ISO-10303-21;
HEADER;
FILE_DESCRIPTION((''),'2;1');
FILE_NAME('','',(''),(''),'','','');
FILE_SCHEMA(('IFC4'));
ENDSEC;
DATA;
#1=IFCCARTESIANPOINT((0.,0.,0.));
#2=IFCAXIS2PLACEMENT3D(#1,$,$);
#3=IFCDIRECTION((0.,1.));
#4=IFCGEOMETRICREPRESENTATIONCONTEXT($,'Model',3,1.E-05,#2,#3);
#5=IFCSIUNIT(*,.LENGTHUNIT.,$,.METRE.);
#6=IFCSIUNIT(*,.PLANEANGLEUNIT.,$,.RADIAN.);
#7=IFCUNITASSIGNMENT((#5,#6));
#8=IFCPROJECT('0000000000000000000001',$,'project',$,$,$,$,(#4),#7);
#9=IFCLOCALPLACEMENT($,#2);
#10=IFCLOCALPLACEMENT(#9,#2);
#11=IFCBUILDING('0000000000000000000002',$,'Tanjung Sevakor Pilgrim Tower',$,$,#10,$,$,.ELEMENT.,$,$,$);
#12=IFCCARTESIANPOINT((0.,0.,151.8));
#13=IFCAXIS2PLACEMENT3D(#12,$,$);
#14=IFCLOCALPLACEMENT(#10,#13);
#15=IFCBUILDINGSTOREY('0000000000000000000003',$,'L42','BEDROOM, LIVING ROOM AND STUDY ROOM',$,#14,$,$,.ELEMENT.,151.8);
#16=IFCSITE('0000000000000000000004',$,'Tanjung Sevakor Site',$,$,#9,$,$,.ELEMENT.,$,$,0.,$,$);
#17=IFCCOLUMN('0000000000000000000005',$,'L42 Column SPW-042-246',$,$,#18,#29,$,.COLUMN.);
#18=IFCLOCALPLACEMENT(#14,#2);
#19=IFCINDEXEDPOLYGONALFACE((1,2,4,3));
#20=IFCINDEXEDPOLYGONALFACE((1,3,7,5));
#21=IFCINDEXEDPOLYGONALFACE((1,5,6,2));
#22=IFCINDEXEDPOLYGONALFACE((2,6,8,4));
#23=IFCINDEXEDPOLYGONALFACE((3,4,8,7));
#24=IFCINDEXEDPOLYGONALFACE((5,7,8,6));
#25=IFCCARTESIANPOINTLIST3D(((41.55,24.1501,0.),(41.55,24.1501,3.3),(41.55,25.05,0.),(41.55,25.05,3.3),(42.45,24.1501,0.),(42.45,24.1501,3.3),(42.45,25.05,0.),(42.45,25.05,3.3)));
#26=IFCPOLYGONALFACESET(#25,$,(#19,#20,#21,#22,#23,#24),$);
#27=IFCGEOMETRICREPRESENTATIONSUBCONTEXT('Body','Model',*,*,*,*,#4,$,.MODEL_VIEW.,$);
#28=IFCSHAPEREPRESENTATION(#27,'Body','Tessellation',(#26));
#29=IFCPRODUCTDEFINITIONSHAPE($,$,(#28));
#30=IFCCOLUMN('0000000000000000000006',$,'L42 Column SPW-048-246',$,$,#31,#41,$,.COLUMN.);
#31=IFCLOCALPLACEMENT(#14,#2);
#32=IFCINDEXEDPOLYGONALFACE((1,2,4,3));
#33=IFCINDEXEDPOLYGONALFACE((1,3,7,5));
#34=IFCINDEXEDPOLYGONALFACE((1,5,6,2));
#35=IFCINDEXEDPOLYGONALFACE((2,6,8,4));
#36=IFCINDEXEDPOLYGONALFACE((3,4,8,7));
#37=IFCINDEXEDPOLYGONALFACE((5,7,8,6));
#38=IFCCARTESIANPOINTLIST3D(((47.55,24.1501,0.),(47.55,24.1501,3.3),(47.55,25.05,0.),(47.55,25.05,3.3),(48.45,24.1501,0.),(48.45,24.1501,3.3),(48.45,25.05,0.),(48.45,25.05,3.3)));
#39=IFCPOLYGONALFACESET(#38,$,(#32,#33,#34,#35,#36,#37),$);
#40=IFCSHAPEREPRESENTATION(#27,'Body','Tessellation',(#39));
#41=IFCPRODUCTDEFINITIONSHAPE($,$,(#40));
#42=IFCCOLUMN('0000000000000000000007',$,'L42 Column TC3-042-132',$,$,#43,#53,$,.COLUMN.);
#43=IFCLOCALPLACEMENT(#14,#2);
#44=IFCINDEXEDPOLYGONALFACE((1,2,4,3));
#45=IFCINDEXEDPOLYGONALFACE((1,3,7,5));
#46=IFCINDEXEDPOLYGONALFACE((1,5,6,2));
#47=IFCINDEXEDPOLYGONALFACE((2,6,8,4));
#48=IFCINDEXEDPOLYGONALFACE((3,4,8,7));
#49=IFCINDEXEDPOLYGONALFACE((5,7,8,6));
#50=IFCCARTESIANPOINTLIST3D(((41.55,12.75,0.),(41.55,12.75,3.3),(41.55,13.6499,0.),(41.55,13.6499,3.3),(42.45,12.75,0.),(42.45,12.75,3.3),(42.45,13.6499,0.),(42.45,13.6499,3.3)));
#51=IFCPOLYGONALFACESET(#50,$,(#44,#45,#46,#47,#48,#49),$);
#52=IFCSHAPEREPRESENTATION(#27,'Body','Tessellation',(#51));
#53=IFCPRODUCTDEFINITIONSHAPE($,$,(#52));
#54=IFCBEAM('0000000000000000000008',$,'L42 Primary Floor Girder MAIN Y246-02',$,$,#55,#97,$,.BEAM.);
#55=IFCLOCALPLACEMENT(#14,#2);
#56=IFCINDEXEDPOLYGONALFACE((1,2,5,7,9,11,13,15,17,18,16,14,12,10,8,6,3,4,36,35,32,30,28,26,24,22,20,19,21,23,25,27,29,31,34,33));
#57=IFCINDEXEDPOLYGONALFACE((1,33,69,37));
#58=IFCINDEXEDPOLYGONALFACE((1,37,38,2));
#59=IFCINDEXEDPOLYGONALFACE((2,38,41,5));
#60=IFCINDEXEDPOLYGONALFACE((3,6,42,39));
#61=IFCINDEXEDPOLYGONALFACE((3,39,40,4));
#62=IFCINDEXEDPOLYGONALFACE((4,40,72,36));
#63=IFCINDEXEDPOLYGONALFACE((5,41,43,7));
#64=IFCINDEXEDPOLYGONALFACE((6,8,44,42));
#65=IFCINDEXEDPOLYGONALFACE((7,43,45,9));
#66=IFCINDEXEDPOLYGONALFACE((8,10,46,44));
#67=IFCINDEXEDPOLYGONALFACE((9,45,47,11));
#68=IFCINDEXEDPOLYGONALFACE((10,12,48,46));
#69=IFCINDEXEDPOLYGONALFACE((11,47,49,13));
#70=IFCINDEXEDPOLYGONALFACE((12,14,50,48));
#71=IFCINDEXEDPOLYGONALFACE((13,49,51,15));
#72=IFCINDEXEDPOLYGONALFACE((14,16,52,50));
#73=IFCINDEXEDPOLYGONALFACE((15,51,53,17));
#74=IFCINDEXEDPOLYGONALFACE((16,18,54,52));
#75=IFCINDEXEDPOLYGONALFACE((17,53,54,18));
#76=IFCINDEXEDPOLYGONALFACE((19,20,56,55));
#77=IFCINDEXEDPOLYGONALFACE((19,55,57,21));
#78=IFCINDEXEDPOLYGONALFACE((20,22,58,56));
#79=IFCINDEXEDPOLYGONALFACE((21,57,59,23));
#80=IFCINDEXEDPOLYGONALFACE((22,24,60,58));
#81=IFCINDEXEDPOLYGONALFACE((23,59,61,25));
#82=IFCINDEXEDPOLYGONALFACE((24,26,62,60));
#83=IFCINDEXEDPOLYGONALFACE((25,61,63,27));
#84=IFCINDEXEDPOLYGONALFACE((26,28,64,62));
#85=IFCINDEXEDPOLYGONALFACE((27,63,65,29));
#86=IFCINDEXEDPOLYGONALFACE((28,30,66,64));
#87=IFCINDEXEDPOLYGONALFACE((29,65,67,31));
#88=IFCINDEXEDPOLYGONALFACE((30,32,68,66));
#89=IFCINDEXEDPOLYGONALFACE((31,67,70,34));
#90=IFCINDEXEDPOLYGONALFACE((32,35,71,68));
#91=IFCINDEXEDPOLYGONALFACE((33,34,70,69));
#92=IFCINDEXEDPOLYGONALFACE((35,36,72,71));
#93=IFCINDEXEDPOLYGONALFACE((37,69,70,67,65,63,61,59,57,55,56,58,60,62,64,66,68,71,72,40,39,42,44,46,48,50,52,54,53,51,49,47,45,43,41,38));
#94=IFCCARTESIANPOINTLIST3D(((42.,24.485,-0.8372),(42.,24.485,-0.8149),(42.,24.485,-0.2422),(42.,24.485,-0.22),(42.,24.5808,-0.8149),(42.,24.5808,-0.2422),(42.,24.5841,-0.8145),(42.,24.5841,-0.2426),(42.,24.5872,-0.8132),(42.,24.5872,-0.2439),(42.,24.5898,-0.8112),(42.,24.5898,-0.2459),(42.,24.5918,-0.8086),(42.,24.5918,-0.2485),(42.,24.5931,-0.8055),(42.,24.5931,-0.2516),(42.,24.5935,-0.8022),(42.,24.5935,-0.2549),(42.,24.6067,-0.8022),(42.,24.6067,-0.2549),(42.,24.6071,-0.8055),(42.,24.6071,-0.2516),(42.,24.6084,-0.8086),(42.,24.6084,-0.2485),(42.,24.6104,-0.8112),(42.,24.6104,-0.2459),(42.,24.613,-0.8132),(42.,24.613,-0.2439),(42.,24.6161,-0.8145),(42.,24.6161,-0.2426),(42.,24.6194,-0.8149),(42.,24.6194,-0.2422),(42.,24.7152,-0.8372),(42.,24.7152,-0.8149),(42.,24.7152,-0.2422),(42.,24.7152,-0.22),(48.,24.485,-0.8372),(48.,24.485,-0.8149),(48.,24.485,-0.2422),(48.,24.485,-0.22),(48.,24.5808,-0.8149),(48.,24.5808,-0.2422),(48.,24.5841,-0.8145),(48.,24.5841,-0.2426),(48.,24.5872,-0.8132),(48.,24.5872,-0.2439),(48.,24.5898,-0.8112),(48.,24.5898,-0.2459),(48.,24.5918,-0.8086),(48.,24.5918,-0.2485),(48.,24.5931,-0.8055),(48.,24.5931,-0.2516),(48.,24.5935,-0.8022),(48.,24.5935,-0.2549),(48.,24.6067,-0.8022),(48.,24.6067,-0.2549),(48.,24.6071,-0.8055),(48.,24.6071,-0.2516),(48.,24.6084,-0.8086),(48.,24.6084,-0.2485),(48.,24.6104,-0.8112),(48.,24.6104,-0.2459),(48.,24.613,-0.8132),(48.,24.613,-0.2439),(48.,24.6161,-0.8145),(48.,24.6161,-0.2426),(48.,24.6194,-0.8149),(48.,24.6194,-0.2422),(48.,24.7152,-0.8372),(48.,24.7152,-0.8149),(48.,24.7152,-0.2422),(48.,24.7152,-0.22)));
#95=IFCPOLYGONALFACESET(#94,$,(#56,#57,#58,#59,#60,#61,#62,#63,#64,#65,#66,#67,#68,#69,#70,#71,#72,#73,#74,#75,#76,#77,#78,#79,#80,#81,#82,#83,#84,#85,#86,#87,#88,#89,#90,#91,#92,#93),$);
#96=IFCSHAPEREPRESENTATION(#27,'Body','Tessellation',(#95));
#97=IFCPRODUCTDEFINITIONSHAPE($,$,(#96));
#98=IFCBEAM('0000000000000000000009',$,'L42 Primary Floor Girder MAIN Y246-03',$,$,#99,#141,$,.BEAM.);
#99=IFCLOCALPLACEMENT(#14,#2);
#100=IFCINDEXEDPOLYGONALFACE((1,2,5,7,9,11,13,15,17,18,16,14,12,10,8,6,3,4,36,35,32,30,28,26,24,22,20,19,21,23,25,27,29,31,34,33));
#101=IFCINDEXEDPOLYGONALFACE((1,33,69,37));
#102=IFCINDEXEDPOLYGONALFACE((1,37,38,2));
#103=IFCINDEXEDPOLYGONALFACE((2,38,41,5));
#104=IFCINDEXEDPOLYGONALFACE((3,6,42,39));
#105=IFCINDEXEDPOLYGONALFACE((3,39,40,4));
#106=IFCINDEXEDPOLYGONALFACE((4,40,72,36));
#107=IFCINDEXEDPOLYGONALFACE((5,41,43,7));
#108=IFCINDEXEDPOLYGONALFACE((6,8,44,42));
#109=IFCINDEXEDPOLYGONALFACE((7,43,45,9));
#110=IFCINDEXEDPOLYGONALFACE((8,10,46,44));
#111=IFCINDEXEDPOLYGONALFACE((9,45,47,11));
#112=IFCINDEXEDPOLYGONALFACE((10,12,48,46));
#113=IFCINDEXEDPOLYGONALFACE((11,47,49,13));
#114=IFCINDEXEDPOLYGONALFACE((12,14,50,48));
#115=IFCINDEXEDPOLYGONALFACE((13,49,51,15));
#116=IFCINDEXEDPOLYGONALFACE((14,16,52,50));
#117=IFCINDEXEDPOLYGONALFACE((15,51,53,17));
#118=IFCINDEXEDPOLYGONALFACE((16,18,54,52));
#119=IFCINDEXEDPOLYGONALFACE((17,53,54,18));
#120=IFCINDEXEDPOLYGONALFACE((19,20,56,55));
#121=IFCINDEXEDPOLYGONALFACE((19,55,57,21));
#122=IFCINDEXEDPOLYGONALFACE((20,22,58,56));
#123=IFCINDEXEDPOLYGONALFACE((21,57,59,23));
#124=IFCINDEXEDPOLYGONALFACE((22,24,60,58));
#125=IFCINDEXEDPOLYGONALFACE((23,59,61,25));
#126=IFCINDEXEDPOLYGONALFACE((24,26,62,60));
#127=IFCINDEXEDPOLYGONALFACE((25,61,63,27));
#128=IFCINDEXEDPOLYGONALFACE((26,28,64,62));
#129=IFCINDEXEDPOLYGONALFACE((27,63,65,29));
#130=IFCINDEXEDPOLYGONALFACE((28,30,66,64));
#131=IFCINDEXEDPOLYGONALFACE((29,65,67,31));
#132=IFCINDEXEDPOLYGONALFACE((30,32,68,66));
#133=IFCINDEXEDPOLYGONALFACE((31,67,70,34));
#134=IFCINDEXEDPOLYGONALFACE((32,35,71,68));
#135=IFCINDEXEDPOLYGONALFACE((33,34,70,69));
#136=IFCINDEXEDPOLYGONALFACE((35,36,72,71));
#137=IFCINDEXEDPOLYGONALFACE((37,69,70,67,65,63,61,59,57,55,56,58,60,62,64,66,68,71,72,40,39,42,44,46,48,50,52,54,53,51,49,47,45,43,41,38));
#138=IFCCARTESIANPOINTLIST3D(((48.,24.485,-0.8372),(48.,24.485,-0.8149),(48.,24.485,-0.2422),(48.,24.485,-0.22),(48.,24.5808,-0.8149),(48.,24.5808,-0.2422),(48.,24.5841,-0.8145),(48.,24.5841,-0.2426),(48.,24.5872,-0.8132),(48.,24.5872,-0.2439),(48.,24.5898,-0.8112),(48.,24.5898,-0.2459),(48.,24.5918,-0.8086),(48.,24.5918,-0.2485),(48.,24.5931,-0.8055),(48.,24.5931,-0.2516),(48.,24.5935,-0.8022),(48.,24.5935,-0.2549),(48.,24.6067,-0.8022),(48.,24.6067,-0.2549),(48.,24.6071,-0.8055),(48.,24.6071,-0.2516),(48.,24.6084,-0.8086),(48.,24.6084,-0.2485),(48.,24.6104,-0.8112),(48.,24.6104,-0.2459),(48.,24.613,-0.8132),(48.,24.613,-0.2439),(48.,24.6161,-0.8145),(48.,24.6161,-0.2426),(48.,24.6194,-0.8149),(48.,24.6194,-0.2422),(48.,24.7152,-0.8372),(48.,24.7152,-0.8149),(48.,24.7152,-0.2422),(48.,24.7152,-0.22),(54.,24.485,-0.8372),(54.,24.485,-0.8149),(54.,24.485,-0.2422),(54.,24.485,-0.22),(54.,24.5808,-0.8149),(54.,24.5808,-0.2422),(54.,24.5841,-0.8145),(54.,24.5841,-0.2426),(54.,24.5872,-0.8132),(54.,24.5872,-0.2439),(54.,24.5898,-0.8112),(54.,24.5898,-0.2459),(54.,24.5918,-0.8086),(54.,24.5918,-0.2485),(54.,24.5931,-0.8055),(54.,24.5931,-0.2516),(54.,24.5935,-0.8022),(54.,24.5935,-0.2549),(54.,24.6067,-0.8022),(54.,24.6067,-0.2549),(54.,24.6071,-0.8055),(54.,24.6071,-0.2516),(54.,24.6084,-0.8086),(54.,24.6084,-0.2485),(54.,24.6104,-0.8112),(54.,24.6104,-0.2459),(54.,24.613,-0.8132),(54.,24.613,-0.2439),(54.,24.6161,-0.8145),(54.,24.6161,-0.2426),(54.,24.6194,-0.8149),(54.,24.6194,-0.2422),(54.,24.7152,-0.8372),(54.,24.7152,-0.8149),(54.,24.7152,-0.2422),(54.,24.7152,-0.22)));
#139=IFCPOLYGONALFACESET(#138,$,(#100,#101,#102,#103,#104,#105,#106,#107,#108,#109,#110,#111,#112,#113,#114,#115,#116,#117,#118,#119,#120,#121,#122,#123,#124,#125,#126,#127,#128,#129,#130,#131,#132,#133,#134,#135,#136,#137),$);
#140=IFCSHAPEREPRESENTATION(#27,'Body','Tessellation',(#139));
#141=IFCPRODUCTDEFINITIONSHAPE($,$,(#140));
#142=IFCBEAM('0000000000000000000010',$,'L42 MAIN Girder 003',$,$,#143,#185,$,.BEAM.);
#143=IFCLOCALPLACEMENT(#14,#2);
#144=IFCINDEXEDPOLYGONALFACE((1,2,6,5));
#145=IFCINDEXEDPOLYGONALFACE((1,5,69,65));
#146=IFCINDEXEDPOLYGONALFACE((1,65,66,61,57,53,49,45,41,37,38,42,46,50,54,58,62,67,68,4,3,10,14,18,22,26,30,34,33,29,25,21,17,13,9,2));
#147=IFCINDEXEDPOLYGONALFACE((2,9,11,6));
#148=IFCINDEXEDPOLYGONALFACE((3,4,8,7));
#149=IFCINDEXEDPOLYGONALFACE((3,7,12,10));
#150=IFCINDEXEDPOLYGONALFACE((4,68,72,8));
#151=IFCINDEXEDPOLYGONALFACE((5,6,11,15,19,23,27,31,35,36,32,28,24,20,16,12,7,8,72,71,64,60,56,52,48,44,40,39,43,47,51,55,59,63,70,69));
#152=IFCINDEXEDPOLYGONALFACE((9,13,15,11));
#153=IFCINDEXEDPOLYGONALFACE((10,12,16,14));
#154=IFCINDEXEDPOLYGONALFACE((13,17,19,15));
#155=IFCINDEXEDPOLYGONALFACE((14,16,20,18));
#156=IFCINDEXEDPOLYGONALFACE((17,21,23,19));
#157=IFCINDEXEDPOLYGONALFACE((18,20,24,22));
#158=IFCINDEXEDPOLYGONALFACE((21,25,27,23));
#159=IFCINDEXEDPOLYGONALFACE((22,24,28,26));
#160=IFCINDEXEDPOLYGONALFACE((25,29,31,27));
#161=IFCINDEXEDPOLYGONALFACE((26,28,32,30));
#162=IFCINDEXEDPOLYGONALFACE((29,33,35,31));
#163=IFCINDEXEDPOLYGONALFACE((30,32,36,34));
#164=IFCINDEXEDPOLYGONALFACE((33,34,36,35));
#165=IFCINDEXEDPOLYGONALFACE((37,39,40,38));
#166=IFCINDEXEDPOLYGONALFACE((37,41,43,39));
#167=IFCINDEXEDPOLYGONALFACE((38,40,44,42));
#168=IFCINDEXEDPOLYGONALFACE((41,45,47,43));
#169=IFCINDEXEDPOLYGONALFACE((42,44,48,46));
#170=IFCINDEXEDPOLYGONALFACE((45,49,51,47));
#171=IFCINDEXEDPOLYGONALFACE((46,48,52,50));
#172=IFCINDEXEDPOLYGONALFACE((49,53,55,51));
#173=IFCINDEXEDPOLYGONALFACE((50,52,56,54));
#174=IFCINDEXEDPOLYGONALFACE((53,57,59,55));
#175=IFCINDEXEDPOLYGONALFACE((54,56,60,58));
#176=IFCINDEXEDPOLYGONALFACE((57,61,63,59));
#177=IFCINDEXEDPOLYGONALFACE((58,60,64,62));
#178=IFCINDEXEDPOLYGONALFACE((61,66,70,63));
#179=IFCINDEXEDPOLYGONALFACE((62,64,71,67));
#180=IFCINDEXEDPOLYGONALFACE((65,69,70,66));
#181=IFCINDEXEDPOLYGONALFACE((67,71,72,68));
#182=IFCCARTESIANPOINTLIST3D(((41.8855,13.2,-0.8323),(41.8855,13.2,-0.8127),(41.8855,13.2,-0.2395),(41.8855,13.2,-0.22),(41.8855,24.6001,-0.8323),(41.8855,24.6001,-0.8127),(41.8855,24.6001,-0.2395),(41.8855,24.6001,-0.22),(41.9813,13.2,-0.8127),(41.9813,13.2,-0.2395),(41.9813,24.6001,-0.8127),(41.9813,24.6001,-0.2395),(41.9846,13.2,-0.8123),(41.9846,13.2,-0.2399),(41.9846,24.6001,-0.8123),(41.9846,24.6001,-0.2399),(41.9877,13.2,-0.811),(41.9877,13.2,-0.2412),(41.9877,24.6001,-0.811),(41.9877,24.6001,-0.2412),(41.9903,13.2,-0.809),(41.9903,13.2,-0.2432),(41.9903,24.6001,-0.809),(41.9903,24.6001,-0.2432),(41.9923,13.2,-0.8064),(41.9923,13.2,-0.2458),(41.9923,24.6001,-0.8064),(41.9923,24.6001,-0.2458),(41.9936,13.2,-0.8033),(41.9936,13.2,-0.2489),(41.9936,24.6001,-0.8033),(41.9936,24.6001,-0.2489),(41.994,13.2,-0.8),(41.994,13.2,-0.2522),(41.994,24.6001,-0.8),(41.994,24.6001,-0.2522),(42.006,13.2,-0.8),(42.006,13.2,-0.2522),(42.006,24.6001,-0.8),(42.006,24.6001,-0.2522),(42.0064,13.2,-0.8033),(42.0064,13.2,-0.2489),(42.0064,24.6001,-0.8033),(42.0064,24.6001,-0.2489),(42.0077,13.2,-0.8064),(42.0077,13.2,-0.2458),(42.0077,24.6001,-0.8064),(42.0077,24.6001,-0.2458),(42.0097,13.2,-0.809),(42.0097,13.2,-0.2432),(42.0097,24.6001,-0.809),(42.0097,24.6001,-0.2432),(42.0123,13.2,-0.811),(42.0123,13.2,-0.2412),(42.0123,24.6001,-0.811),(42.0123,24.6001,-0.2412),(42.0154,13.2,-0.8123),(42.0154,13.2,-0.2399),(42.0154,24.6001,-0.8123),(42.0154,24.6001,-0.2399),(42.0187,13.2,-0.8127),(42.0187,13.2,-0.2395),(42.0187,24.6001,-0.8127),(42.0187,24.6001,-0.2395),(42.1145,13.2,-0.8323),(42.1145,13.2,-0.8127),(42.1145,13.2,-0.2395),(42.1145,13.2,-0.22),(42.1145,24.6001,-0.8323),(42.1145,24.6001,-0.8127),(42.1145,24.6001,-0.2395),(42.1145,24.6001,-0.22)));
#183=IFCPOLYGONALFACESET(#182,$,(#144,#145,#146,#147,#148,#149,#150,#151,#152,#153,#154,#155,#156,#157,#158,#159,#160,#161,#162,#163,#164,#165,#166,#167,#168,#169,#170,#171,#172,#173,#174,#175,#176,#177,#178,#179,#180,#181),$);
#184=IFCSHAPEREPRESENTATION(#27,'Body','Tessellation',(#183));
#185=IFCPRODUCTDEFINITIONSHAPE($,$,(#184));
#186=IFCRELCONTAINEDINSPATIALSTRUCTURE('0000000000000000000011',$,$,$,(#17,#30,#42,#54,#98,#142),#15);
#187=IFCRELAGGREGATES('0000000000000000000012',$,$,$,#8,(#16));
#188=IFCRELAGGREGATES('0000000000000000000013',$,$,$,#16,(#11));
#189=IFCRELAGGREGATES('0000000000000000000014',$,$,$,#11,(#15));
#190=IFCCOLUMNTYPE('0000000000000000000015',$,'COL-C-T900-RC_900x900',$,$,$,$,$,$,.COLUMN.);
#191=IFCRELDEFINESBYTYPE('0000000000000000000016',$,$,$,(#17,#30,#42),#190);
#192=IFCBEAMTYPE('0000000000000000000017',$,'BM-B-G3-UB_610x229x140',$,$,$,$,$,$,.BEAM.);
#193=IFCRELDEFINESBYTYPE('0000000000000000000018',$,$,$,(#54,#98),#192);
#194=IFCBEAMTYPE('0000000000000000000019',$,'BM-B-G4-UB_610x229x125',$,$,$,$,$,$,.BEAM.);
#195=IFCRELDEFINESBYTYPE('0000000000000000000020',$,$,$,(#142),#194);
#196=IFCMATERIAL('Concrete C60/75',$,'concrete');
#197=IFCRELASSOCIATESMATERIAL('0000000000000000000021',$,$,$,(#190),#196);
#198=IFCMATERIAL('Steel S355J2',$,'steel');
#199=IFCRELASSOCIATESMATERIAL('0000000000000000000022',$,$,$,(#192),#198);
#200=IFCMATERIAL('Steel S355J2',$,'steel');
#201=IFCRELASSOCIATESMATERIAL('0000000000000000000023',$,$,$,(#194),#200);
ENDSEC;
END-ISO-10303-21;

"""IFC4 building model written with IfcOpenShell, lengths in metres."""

from ifc_helpers import new_model, si_unit, direction, frame, origin, origin_2d, place, context, subcontext, project, spatial, rectangle, i_section, extrude, material, material_profile, profile_set, type_object, element, save


model = new_model("IFC4")

# Units and contexts
model_context = context("Model", 3, precision=1e-05, world=origin(), true_north=direction((0.0, 1.0)))
body_context = subcontext(model_context, "Body", "Model", "MODEL_VIEW")
ifc_project = project(units=[si_unit("LENGTHUNIT", "METRE"), si_unit("PLANEANGLEUNIT", "RADIAN")], contexts=[model_context])

# Site, building, storey
site_placement = place(None, origin())
site = spatial("IfcSite", under=ifc_project, at=site_placement, Name="Tanjung Sevakor Site", CompositionType="ELEMENT", RefElevation=0.0)
building_placement = place(site_placement, origin())
building = spatial("IfcBuilding", under=site, at=building_placement, Name="Tanjung Sevakor Pilgrim Tower", CompositionType="ELEMENT")
storey_placement = place(building_placement, frame((0.0, 0.0, 151.8)))
storey = spatial("IfcBuildingStorey", under=building, at=storey_placement, Name="L42", Description="BEDROOM, LIVING ROOM AND STUDY ROOM", CompositionType="ELEMENT", Elevation=151.8)

# Columns
ifc_material_1 = material(Name="Concrete C60/75", Category="concrete")
ifc_material_profile_1 = material_profile(ifc_material_1, rectangle(XDim=0.8999, YDim=0.8999, at=origin_2d()))
ifc_profile_set_1 = profile_set([ifc_material_profile_1], Name="Concrete C60/75")
column_type = type_object("IfcColumnType", Name="COL-C-T900-RC_900x900", PredefinedType="COLUMN", material=ifc_profile_set_1)
for number, where, z_axis, x_axis, name in (
    (1, (42.0, 24.6001, 0.0), (0.0, 0.0, 1.0), (1.0, 0.0, 0.0), "L42 Column SPW-042-246"),
    (2, (48.0, 24.6001, 0.0), (0.0, 0.0, 1.0), (1.0, 0.0, 0.0), "L42 Column SPW-048-246"),
    (3, (42.0, 13.2, 0.0), (0.0, 0.0, 1.0), (1.0, 0.0, 0.0), "L42 Column TC3-042-132"),
):
    element("IfcColumn", number, at=place(storey_placement, frame(where, z_axis=z_axis, x_axis=x_axis)), inside=storey, type_object=column_type, Name=name, PredefinedType="COLUMN", context=body_context, shape_type="SweptSolid", body=[
        extrude(rectangle(XDim=0.8999, YDim=0.8999, at=origin_2d()), origin(), (0.0, 0.0, 1.0), 3.3),
    ])

# Beams
ifc_material_2 = material(Name="Steel S355J2", Category="steel")
ifc_material_profile_2 = material_profile(ifc_material_2, i_section(OverallWidth=0.2302, OverallDepth=0.6172, WebThickness=0.0132, FlangeThickness=0.0222, FilletRadius=0.0127, at=origin_2d()))
ifc_profile_set_2 = profile_set([ifc_material_profile_2], Name="Steel S355J2")
beam_type_1 = type_object("IfcBeamType", Name="BM-B-G3-UB_610x229x140", PredefinedType="BEAM", material=ifc_profile_set_2)
for number, where, z_axis, x_axis, name in (
    (4, (42.0, 24.6001, -0.5286), (1.0, 0.0, 0.0), (0.0, 1.0, 0.0), "L42 Primary Floor Girder MAIN Y246-02"),
    (5, (48.0, 24.6001, -0.5286), (1.0, 0.0, 0.0), (0.0, 1.0, 0.0), "L42 Primary Floor Girder MAIN Y246-03"),
):
    element("IfcBeam", number, at=place(storey_placement, frame(where, z_axis=z_axis, x_axis=x_axis)), inside=storey, type_object=beam_type_1, Name=name, PredefinedType="BEAM", context=body_context, shape_type="SweptSolid", body=[
        extrude(i_section(OverallWidth=0.2302, OverallDepth=0.6172, WebThickness=0.0132, FlangeThickness=0.0222, FilletRadius=0.0127, at=origin_2d()), origin(), (0.0, 0.0, 1.0), 6.0),
    ])
ifc_material_3 = material(Name="Steel S355J2", Category="steel")
ifc_material_profile_3 = material_profile(ifc_material_3, i_section(OverallWidth=0.229, OverallDepth=0.6123, WebThickness=0.012, FlangeThickness=0.0195, FilletRadius=0.0127, at=origin_2d()))
ifc_profile_set_3 = profile_set([ifc_material_profile_3], Name="Steel S355J2")
beam_type_2 = type_object("IfcBeamType", Name="BM-B-G4-UB_610x229x125", PredefinedType="BEAM", material=ifc_profile_set_3)
beam_1_placement = place(storey_placement, frame((42.0, 13.2, -0.5261), z_axis=(0.0, 1.0, 0.0), x_axis=(-1.0, 0.0, 0.0)))
element("IfcBeam", 6, at=beam_1_placement, inside=storey, type_object=beam_type_2, Name="L42 MAIN Girder 003", PredefinedType="BEAM", context=body_context, shape_type="SweptSolid", body=[
    extrude(i_section(OverallWidth=0.229, OverallDepth=0.6123, WebThickness=0.012, FlangeThickness=0.0195, FilletRadius=0.0127, at=origin_2d()), origin(), (0.0, 0.0, 1.0), 11.4001),
])

save(model, "model.ifc")
